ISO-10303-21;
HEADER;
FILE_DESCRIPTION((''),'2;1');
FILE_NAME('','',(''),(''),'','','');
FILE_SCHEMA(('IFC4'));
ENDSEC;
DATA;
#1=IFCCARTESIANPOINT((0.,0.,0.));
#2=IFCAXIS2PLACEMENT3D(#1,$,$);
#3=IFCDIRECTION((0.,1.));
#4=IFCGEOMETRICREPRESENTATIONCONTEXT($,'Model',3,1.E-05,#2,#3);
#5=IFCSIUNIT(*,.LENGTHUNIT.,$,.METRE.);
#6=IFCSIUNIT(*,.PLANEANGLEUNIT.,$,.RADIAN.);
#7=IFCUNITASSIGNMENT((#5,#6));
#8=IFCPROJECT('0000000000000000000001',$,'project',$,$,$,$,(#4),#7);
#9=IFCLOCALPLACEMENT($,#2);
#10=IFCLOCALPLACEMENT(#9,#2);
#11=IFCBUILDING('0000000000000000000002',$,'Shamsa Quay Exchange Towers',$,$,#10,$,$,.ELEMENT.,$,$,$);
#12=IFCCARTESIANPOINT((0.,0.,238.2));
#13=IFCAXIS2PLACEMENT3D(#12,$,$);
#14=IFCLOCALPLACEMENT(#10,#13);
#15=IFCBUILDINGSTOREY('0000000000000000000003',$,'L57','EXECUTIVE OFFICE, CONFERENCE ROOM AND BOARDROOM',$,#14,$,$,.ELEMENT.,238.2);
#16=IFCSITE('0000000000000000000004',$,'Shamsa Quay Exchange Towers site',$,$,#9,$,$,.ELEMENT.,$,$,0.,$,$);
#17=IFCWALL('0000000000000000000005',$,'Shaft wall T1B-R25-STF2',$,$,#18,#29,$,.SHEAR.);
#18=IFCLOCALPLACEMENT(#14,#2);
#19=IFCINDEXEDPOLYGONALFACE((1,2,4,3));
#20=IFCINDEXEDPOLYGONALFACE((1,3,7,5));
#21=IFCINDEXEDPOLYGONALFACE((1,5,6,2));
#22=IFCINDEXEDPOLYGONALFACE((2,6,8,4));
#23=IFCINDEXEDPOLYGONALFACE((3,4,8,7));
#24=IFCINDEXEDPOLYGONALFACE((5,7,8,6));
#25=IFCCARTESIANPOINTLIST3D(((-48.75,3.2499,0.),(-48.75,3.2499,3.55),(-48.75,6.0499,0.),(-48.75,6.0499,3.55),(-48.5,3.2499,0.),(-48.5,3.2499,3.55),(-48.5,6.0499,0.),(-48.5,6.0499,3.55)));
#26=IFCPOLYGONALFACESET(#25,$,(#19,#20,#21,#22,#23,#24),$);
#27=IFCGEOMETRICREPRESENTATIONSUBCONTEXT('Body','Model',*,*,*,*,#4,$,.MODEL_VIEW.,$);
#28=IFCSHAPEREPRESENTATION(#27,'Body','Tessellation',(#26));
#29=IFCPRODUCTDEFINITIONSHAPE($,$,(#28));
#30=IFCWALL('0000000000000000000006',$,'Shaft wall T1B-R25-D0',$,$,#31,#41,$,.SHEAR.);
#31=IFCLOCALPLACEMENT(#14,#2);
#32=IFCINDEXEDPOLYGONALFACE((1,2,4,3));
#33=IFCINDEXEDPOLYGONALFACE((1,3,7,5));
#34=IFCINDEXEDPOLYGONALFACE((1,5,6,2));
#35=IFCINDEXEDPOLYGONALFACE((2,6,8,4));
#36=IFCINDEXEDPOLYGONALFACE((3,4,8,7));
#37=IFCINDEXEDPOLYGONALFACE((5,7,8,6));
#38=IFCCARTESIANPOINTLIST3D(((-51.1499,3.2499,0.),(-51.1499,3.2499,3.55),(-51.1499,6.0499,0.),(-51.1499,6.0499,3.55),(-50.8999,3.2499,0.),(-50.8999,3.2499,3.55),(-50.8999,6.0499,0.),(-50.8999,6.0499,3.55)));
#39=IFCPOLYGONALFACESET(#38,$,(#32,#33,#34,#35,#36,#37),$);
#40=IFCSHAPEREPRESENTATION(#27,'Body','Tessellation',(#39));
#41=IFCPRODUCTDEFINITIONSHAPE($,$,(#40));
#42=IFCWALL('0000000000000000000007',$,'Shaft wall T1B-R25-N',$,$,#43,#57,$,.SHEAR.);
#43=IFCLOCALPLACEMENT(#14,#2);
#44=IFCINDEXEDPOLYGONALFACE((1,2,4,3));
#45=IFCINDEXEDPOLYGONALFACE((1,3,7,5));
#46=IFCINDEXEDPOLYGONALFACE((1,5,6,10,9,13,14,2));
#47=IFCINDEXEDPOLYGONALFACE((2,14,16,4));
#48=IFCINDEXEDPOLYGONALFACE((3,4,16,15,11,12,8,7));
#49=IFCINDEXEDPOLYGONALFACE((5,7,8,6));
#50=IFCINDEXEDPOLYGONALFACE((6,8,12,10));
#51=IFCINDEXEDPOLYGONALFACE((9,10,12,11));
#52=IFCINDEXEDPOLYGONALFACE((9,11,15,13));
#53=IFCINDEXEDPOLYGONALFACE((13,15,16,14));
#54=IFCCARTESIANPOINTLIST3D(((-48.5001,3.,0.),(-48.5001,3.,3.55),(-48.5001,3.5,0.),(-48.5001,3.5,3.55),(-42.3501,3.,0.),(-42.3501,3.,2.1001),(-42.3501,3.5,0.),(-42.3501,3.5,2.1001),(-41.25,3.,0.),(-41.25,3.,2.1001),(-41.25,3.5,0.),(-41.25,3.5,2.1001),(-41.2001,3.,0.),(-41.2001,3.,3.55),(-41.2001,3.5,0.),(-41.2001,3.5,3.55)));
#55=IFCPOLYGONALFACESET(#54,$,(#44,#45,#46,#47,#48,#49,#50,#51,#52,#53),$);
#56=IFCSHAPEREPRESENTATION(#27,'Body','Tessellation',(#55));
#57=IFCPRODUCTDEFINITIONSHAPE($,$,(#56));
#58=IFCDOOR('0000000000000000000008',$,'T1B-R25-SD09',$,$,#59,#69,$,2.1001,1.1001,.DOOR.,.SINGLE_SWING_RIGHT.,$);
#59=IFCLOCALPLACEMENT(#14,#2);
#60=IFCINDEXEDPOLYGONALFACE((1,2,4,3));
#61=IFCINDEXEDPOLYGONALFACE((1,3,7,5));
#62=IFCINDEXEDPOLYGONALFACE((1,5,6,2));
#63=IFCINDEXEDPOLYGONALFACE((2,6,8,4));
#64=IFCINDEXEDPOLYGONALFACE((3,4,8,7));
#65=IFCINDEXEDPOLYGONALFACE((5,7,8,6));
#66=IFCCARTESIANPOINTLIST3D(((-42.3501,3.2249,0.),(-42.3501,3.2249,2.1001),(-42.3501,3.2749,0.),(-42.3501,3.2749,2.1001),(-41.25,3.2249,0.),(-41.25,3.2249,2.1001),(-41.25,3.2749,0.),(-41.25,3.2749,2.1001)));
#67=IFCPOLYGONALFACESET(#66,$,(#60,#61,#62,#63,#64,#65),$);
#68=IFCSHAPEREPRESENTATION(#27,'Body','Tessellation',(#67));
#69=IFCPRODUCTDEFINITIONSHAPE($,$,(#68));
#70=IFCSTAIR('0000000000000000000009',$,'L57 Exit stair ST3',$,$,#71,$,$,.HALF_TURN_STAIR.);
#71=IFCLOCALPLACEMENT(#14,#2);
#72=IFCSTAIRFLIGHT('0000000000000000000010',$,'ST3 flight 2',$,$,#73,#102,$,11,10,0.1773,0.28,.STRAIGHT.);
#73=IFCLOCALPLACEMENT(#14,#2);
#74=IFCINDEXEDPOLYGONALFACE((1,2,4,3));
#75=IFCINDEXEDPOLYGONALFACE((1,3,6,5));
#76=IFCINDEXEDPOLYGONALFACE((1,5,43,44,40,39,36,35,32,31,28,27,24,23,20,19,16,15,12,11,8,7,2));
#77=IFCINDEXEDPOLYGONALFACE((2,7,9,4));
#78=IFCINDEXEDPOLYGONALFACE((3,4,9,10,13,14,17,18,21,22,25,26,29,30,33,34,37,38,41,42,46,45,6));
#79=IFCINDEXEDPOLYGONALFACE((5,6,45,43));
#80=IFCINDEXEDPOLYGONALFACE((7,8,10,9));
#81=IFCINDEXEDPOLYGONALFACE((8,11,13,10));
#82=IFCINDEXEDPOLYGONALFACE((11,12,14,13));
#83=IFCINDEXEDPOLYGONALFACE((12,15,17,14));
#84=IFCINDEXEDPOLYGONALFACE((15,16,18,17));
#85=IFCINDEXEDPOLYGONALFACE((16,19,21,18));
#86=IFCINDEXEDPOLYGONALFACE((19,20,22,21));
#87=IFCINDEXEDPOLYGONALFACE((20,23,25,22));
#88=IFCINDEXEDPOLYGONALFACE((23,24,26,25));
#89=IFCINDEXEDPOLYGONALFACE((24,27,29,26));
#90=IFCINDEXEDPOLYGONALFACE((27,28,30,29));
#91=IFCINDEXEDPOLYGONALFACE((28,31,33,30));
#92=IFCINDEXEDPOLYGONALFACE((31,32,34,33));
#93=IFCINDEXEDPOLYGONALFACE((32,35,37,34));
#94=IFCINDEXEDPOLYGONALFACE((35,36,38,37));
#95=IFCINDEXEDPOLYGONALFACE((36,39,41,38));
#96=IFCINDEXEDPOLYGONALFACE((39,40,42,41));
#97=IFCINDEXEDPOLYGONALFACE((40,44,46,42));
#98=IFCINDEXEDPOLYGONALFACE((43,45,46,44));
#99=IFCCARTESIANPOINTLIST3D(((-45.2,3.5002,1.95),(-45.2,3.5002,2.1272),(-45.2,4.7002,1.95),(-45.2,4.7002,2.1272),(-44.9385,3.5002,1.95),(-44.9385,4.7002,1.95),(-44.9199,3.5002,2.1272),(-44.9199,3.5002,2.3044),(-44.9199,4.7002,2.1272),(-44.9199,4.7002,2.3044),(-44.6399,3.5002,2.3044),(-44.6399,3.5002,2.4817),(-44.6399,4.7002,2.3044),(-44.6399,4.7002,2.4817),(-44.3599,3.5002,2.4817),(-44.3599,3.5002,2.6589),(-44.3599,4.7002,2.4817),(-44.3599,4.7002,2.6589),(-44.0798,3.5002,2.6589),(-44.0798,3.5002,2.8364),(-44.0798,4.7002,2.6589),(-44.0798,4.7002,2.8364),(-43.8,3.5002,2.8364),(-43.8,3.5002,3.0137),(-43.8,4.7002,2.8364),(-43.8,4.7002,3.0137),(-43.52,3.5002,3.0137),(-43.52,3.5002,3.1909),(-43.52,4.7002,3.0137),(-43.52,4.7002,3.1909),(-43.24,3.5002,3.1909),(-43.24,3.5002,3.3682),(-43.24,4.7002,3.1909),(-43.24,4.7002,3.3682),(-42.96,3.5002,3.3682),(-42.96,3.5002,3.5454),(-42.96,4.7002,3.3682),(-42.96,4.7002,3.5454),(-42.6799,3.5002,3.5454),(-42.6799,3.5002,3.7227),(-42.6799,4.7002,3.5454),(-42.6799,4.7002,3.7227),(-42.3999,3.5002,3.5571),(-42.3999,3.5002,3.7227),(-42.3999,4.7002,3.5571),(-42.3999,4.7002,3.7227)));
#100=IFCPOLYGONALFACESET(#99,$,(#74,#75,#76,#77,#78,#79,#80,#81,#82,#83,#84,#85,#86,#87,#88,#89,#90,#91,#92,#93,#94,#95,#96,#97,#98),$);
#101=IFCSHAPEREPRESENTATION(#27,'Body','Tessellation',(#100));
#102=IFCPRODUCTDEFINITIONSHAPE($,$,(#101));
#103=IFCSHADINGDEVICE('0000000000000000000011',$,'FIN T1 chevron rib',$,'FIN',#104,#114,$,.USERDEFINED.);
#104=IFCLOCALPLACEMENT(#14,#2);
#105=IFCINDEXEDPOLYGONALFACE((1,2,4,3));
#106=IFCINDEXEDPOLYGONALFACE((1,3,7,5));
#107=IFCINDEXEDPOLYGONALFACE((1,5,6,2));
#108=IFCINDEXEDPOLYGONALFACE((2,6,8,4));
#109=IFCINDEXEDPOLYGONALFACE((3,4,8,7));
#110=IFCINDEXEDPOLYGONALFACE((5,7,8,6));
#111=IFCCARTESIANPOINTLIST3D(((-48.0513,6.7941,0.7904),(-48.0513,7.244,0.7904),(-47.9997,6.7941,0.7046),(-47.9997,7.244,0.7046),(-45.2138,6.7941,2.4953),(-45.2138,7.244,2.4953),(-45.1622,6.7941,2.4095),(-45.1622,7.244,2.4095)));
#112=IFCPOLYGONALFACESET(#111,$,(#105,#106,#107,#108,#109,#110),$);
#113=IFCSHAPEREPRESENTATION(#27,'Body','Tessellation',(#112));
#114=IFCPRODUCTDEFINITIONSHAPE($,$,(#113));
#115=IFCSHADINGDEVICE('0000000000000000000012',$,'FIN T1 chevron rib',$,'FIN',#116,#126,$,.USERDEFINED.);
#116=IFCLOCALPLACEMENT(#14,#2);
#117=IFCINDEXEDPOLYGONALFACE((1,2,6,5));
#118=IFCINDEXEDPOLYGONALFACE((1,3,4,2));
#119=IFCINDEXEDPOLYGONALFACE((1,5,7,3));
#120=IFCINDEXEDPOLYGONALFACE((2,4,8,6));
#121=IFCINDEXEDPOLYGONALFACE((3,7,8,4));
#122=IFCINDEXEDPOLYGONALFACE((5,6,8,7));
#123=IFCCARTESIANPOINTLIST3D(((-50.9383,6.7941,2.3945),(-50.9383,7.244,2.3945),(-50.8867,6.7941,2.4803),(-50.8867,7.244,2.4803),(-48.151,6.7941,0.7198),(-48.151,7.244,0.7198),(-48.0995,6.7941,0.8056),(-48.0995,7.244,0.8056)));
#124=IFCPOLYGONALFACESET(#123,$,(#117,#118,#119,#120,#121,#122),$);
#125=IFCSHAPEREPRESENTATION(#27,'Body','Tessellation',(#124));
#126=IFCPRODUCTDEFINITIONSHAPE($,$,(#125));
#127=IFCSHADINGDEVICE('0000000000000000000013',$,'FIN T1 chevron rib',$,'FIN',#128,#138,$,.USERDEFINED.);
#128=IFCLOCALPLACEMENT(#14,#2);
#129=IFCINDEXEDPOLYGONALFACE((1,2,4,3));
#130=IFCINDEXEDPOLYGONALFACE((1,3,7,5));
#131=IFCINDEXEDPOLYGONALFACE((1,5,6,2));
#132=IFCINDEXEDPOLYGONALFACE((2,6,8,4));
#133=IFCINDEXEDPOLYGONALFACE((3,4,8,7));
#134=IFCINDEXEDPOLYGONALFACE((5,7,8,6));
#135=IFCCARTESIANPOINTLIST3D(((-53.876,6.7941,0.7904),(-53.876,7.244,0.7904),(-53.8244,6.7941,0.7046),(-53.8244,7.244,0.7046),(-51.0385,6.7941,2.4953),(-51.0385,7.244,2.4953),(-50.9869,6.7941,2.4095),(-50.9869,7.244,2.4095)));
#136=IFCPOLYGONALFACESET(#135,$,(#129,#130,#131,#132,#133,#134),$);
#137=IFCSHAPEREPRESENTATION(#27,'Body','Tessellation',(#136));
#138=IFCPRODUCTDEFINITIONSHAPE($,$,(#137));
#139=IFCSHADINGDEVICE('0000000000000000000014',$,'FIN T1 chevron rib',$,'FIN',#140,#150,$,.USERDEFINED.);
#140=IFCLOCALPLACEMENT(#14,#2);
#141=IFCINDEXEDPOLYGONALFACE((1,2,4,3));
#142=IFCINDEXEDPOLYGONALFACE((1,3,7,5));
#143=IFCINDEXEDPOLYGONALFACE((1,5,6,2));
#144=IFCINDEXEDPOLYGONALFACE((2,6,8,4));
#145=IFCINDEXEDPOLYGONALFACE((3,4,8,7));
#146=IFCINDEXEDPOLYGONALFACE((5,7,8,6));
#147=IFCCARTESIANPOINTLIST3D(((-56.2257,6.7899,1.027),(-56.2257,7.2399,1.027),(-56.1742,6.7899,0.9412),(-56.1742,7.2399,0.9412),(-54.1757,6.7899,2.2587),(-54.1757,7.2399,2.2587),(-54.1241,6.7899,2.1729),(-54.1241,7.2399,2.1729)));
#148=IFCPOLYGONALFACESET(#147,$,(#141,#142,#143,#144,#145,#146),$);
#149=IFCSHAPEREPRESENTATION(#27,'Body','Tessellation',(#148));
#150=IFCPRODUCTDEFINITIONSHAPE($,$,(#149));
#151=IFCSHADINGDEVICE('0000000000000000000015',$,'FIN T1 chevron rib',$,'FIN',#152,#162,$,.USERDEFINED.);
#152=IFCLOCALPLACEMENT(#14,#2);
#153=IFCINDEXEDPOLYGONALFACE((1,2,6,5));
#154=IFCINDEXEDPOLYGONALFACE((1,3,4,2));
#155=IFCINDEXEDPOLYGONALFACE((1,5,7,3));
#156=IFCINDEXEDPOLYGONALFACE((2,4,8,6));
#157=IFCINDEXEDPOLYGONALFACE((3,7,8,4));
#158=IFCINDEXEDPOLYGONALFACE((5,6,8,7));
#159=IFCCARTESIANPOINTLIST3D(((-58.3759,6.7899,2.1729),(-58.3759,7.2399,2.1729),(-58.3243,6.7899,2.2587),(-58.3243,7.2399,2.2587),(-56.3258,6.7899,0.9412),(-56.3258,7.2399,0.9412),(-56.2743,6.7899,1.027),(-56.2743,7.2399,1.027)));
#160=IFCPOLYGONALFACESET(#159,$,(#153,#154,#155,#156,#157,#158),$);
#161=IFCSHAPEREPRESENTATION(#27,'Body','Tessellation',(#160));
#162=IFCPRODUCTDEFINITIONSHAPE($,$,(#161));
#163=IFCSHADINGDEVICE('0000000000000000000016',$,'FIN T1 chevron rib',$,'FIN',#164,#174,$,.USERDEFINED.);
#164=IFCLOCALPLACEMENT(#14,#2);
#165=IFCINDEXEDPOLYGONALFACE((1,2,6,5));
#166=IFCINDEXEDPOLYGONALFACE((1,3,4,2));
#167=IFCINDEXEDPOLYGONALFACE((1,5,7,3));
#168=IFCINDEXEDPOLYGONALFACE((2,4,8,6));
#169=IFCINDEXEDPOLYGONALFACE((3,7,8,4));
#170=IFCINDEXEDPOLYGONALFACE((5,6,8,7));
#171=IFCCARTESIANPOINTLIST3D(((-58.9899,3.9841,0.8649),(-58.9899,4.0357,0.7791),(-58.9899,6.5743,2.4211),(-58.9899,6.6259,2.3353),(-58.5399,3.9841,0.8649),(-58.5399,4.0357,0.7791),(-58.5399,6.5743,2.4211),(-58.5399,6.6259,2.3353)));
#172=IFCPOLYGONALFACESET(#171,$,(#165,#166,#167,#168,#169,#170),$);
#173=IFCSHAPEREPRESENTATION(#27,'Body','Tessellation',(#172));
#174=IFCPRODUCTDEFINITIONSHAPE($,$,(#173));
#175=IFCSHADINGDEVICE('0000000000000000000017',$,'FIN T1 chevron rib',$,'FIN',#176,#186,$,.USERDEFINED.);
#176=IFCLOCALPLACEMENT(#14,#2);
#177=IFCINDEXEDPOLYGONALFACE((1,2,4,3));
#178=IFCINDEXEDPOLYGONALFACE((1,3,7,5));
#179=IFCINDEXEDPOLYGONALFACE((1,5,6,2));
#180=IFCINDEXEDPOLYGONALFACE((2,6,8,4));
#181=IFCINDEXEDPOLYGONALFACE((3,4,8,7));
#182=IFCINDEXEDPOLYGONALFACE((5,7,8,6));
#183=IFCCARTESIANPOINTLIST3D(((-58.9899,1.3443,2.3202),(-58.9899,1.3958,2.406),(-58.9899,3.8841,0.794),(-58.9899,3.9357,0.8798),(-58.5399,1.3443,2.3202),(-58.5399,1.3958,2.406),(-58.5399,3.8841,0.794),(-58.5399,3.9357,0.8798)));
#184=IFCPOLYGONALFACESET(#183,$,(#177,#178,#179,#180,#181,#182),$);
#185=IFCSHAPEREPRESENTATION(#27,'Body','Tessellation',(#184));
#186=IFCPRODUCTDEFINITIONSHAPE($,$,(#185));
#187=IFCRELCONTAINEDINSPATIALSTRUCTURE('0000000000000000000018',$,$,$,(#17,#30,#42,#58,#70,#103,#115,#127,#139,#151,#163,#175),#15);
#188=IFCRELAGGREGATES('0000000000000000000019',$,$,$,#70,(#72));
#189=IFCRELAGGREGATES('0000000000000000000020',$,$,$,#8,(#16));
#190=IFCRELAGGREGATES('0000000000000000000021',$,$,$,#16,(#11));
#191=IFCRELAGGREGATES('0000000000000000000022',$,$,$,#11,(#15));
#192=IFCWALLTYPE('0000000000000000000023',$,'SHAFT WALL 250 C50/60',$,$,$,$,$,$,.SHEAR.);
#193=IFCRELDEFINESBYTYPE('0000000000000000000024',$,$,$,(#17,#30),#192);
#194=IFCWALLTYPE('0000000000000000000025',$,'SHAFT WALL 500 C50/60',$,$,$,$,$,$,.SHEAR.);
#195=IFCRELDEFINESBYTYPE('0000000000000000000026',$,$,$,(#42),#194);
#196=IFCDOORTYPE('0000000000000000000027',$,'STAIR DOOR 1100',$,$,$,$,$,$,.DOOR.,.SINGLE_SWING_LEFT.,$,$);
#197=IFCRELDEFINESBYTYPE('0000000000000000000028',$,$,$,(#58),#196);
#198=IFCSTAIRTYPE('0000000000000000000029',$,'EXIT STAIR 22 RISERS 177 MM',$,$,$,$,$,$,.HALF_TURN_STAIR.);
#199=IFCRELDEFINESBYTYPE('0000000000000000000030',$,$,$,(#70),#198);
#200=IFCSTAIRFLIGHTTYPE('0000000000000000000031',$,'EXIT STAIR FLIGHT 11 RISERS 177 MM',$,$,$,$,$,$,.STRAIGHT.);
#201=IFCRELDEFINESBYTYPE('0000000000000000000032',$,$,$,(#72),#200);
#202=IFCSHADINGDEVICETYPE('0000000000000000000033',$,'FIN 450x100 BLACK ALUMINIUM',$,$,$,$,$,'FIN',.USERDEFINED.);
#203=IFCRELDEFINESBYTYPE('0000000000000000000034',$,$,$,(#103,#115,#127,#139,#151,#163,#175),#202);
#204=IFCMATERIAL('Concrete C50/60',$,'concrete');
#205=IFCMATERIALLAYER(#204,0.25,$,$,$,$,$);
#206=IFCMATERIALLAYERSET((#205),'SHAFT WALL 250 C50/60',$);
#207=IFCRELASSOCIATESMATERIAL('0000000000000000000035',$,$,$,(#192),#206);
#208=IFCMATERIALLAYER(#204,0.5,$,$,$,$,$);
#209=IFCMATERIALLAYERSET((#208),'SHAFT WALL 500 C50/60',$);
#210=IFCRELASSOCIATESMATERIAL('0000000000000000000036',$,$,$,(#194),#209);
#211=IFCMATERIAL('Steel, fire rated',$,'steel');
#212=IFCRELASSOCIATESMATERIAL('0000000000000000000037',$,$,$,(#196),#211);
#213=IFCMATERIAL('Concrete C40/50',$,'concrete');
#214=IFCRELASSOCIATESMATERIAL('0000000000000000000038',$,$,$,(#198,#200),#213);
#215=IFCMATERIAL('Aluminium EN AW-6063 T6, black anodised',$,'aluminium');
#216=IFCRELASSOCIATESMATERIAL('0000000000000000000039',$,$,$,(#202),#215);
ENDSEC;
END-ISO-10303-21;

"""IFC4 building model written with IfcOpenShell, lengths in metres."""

from ifc_helpers import new_model, si_unit, direction, frame, frame_2d, origin, origin_2d, place, context, subcontext, project, spatial, polyline, rectangle, outline, extrude, material, layer, layer_set, material_profile, profile_set, type_object, element, fill, aggregate, save


model = new_model("IFC4")

# Units and contexts
model_context = context("Model", 3, precision=1e-05, world=origin(), true_north=direction((0.0, 1.0)))
body_context = subcontext(model_context, "Body", "Model", "MODEL_VIEW")
ifc_project = project(units=[si_unit("LENGTHUNIT", "METRE"), si_unit("PLANEANGLEUNIT", "RADIAN")], contexts=[model_context])

# Site, building, storey
site_placement = place(None, origin())
site = spatial("IfcSite", under=ifc_project, at=site_placement, Name="Shamsa Quay Exchange Towers site", CompositionType="ELEMENT", RefElevation=0.0)
building_placement = place(site_placement, origin())
building = spatial("IfcBuilding", under=site, at=building_placement, Name="Shamsa Quay Exchange Towers", CompositionType="ELEMENT")
storey_placement = place(building_placement, frame((0.0, 0.0, 238.2)))
storey = spatial("IfcBuildingStorey", under=building, at=storey_placement, Name="L57", Description="EXECUTIVE OFFICE, CONFERENCE ROOM AND BOARDROOM", CompositionType="ELEMENT", Elevation=238.2)

# Shared definitions
ifc_material_1 = material(Name="Aluminium EN AW-6063 T6, black anodised", Category="aluminium")

# Shared definitions
ifc_material_2 = material(Name="Concrete C50/60", Category="concrete")
ifc_layer_1 = layer(ifc_material_2, 0.25)
ifc_layer_set_1 = layer_set([ifc_layer_1], Name="SHAFT WALL 250 C50/60")
wall_type_1 = type_object("IfcWallType", Name="SHAFT WALL 250 C50/60", PredefinedType="SHEAR", material=ifc_layer_set_1)
ifc_material_3 = material(Name="Steel, fire rated", Category="steel")

# Walls
for number, where, z_axis, x_axis, name in (
    (1, (-48.625, 3.25, 0.0), (0.0, 0.0, 1.0), (0.0, 1.0, 0.0), "Shaft wall T1B-R25-STF2"),
    (2, (-51.0249, 3.25, 0.0), (0.0, 0.0, 1.0), (0.0, 1.0, 0.0), "Shaft wall T1B-R25-D0"),
):
    element("IfcWall", number, at=place(storey_placement, frame(where, z_axis=z_axis, x_axis=x_axis)), inside=storey, type_object=wall_type_1, Name=name, PredefinedType="SHEAR", context=body_context, shape_type="SweptSolid", body=[
        extrude(rectangle(XDim=2.8, YDim=0.25, at=frame_2d((1.3999, 0.0))), origin(), (0.0, 0.0, 1.0), 3.55),
    ])

# Wall, opening, door
ifc_layer_2 = layer(ifc_material_2, 0.5)
ifc_layer_set_2 = layer_set([ifc_layer_2], Name="SHAFT WALL 500 C50/60")
wall_type_2 = type_object("IfcWallType", Name="SHAFT WALL 500 C50/60", PredefinedType="SHEAR", material=ifc_layer_set_2)
wall_1_placement = place(storey_placement, frame((-48.5, 3.25, 0.0)))
wall_1 = element("IfcWall", 3, at=wall_1_placement, inside=storey, type_object=wall_type_2, Name="Shaft wall T1B-R25-N", PredefinedType="SHEAR", context=body_context, shape_type="SweptSolid", body=[
    extrude(rectangle(XDim=7.3, YDim=0.5, at=frame_2d((3.6499, 0.0))), origin(), (0.0, 0.0, 1.0), 3.55),
])
opening_1_placement = place(wall_1_placement, frame((6.1499, 0.0, 0.0)))
opening_1 = element("IfcOpeningElement", 4, at=opening_1_placement, cuts=wall_1, PredefinedType="OPENING", context=body_context, shape_type="SweptSolid", body=[
    extrude(rectangle(XDim=1.1001, YDim=2.1001, at=frame_2d((0.55, 1.05))), frame((0.0, 0.26, 0.0), z_axis=(0.0, -1.0, 0.0), x_axis=(1.0, 0.0, 0.0)), (0.0, 0.0, 1.0), 0.52),
])
door_type_1 = type_object("IfcDoorType", Name="STAIR DOOR 1100", OperationType="SINGLE_SWING_LEFT", PredefinedType="DOOR", material=ifc_material_3)
door_1_placement = place(opening_1_placement, origin())
door_1 = element("IfcDoor", 5, at=door_1_placement, inside=storey, type_object=door_type_1, Name="T1B-R25-SD09", OperationType="SINGLE_SWING_RIGHT", OverallHeight=2.1001, OverallWidth=1.1001, PredefinedType="DOOR", context=body_context, shape_type="SweptSolid", body=[
    extrude(rectangle(XDim=1.1001, YDim=2.1001, at=frame_2d((0.55, 1.05))), frame((0.0, 0.0249, 0.0), z_axis=(0.0, -1.0, 0.0), x_axis=(1.0, 0.0, 0.0)), (0.0, 0.0, 1.0), 0.05),
])
fill(opening_1, door_1)

# Stair, stair flight
ifc_material_4 = material(Name="Concrete C40/50", Category="concrete")
stair_type = type_object("IfcStairType", Name="EXIT STAIR 22 RISERS 177 MM", PredefinedType="HALF_TURN_STAIR", material=ifc_material_4)
stair_placement = place(storey_placement, origin())
stair = element("IfcStair", 6, at=stair_placement, inside=storey, type_object=stair_type, Name="L57 Exit stair ST3", PredefinedType="HALF_TURN_STAIR")
stair_flight_type = type_object("IfcStairFlightType", Name="EXIT STAIR FLIGHT 11 RISERS 177 MM", PredefinedType="STRAIGHT", material=ifc_material_4)
stair_flight_placement = place(storey_placement, frame((-45.2, 4.1001, 1.95)))
stair_flight = element("IfcStairFlight", 7, at=stair_flight_placement, type_object=stair_flight_type, Name="ST3 flight 2", NumberOfRisers=11, NumberOfTreads=10, PredefinedType="STRAIGHT", RiserHeight=0.1773, TreadLength=0.28, context=body_context, shape_type="SweptSolid", body=[
    extrude(outline(polyline([(0.0, 0.0), (0.0, 0.1772), (0.28, 0.1772), (0.28, 0.3545), (0.5601, 0.3545), (0.5601, 0.5317), (0.8401, 0.5317), (0.8401, 0.709), (1.1201, 0.709), (1.1201, 0.8865), (1.3999, 0.8865), (1.3999, 1.0637), (1.6799, 1.0637), (1.6799, 1.241), (1.96, 1.241), (1.96, 1.4182), (2.24, 1.4182), (2.24, 1.5955), (2.52, 1.5955), (2.52, 1.7727), (2.8, 1.7727), (2.8, 1.95), (2.8, 1.6072), (0.2615, 0.0), (0.0, 0.0)])), frame((0.0, 0.6001, 0.0), z_axis=(0.0, -1.0, 0.0), x_axis=(1.0, 0.0, 0.0)), (0.0, 0.0, 1.0), 1.2),
])
aggregate(stair, [stair_flight])

# Shading devices
ifc_material_profile_1 = material_profile(ifc_material_1, rectangle(XDim=0.45, YDim=0.1001, at=origin_2d()), Name="FIN450x100")
ifc_profile_set_1 = profile_set([ifc_material_profile_1], Name="Aluminium EN AW-6063 T6, black anodised")
shading_device_type = type_object("IfcShadingDeviceType", Name="FIN 450x100 BLACK ALUMINIUM", ElementType="FIN", PredefinedType="USERDEFINED", material=ifc_profile_set_1)
shading_device_1_placement = place(storey_placement, frame((-45.188, 7.019, 2.4524), z_axis=(-0.857174, 0.0, -0.515027), x_axis=(0.0, -1.0, 0.0)))
element("IfcShadingDevice", 8, at=shading_device_1_placement, inside=storey, type_object=shading_device_type, Name="FIN T1 chevron rib", ObjectType="FIN", PredefinedType="USERDEFINED", context=body_context, shape_type="SweptSolid", body=[
    extrude(rectangle(XDim=0.45, YDim=0.1001, at=origin_2d()), origin(), (0.0, 0.0, 1.0), 3.3103),
])
shading_device_2_placement = place(storey_placement, frame((-48.1252, 7.019, 0.7627), z_axis=(-0.857168, 0.0, 0.515037), x_axis=(0.0, -1.0, 0.0)))
element("IfcShadingDevice", 9, at=shading_device_2_placement, inside=storey, type_object=shading_device_type, Name="FIN T1 chevron rib", ObjectType="FIN", PredefinedType="USERDEFINED", context=body_context, shape_type="SweptSolid", body=[
    extrude(rectangle(XDim=0.45, YDim=0.1001, at=origin_2d()), origin(), (0.0, 0.0, 1.0), 3.2517),
])
shading_device_3_placement = place(storey_placement, frame((-51.0127, 7.019, 2.4524), z_axis=(-0.857174, 0.0, -0.515027), x_axis=(0.0, -1.0, 0.0)))
element("IfcShadingDevice", 10, at=shading_device_3_placement, inside=storey, type_object=shading_device_type, Name="FIN T1 chevron rib", ObjectType="FIN", PredefinedType="USERDEFINED", context=body_context, shape_type="SweptSolid", body=[
    extrude(rectangle(XDim=0.45, YDim=0.1001, at=origin_2d()), origin(), (0.0, 0.0, 1.0), 3.3103),
])
for number, where, z_axis, x_axis, name in (
    (11, (-54.1499, 7.0149, 2.2158), (-0.857187, 0.0, -0.515006), (0.0, -1.0, 0.0), "FIN T1 chevron rib"),
    (12, (-56.3, 7.0149, 0.9841), (-0.857187, 0.0, 0.515006), (0.0, -1.0, 0.0), "FIN T1 chevron rib"),
):
    element("IfcShadingDevice", number, at=place(storey_placement, frame(where, z_axis=z_axis, x_axis=x_axis)), inside=storey, type_object=shading_device_type, Name=name, ObjectType="FIN", PredefinedType="USERDEFINED", context=body_context, shape_type="SweptSolid", body=[
        extrude(rectangle(XDim=0.45, YDim=0.1001, at=origin_2d()), origin(), (0.0, 0.0, 1.0), 2.3916),
    ])
shading_device_4_placement = place(storey_placement, frame((-58.7649, 6.6001, 2.3782), z_axis=(0.0, -0.857186, -0.515007), x_axis=(1.0, 0.0, 0.0)))
element("IfcShadingDevice", 13, at=shading_device_4_placement, inside=storey, type_object=shading_device_type, Name="FIN T1 chevron rib", ObjectType="FIN", PredefinedType="USERDEFINED", context=body_context, shape_type="SweptSolid", body=[
    extrude(rectangle(XDim=0.45, YDim=0.1001, at=origin_2d()), origin(), (0.0, 0.0, 1.0), 3.0217),
])
for number, where, z_axis, x_axis, name in (
    (14, (-58.7649, 3.9099, 0.8369), (0.0, -0.857158, 0.515053), (1.0, 0.0, 0.0), "FIN T1 chevron rib"),
):
    element("IfcShadingDevice", number, at=place(storey_placement, frame(where, z_axis=z_axis, x_axis=x_axis)), inside=storey, type_object=shading_device_type, Name=name, ObjectType="FIN", PredefinedType="USERDEFINED", context=body_context, shape_type="SweptSolid", body=[
        extrude(rectangle(XDim=0.45, YDim=0.1001, at=origin_2d()), origin(), (0.0, 0.0, 1.0), 2.9631),
    ])

save(model, "model.ifc")
